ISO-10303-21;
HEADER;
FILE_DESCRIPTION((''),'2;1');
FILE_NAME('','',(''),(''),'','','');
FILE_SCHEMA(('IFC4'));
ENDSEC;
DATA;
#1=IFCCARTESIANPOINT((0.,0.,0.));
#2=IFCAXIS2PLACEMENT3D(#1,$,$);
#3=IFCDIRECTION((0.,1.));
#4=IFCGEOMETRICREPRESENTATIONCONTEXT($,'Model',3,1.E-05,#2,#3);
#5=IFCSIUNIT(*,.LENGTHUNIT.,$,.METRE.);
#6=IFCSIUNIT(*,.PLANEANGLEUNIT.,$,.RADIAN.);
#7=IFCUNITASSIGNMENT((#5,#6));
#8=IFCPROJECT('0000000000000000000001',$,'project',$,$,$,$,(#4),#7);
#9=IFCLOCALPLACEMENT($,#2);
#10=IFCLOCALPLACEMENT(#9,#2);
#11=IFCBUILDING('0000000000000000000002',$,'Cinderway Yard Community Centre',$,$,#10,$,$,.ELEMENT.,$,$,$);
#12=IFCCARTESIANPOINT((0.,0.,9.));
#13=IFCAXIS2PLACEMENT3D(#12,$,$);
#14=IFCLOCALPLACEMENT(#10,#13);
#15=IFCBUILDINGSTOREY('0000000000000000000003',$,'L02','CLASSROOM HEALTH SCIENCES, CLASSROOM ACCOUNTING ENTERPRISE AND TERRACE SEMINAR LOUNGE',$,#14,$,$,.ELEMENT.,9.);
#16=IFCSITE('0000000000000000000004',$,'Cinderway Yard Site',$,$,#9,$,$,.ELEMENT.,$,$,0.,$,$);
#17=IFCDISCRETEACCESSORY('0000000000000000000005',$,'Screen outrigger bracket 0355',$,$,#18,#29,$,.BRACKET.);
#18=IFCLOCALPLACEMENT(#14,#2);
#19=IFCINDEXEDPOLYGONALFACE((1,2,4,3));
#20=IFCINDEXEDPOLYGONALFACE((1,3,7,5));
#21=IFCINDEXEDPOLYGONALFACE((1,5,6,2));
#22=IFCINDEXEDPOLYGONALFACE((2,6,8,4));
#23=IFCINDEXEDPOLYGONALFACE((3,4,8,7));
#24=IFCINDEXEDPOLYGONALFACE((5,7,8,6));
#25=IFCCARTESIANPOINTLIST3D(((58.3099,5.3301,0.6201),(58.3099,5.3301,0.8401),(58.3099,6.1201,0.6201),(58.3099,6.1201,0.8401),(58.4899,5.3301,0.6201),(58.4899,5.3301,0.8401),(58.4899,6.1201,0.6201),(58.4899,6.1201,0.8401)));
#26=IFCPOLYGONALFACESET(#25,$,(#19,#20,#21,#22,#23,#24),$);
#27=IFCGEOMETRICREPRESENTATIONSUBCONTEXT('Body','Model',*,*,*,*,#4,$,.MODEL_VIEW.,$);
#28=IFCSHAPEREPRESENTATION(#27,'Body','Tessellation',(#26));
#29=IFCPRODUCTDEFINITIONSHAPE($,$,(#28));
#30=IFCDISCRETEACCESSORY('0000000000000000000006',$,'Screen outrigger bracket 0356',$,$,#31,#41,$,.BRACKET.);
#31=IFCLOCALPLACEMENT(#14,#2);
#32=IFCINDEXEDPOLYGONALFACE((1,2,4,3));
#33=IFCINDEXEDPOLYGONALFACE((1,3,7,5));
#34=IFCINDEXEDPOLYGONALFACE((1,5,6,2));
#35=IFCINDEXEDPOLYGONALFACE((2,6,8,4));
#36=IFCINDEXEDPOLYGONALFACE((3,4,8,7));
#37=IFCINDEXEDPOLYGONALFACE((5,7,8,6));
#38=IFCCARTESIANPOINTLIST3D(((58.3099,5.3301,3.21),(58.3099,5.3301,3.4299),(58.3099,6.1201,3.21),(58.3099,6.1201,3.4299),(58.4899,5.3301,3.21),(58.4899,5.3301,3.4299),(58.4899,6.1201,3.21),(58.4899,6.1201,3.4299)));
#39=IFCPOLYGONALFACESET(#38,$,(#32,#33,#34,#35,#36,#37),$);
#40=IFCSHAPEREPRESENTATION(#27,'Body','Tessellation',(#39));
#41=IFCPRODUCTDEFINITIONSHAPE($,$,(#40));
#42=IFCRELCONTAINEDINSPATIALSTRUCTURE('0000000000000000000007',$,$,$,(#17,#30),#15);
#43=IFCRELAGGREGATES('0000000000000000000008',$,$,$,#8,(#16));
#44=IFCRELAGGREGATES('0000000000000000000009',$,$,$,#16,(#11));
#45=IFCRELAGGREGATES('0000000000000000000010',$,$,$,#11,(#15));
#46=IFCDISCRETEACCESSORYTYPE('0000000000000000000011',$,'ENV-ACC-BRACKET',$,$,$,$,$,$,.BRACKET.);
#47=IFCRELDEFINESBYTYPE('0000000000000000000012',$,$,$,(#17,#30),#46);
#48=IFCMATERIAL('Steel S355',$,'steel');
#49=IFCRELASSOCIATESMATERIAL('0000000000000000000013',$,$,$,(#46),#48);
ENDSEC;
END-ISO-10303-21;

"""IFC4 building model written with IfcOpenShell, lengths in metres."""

from ifc_helpers import new_model, si_unit, direction, frame, origin, origin_2d, place, context, subcontext, project, spatial, rectangle, extrude, material, type_object, element, save


model = new_model("IFC4")

# Units and contexts
model_context = context("Model", 3, precision=1e-05, world=origin(), true_north=direction((0.0, 1.0)))
body_context = subcontext(model_context, "Body", "Model", "MODEL_VIEW")
ifc_project = project(units=[si_unit("LENGTHUNIT", "METRE"), si_unit("PLANEANGLEUNIT", "RADIAN")], contexts=[model_context])

# Site, building, storey
site_placement = place(None, origin())
site = spatial("IfcSite", under=ifc_project, at=site_placement, Name="Cinderway Yard Site", CompositionType="ELEMENT", RefElevation=0.0)
building_placement = place(site_placement, origin())
building = spatial("IfcBuilding", under=site, at=building_placement, Name="Cinderway Yard Community Centre", CompositionType="ELEMENT")
storey_placement = place(building_placement, frame((0.0, 0.0, 9.0)))
storey = spatial("IfcBuildingStorey", under=building, at=storey_placement, Name="L02", Description="CLASSROOM HEALTH SCIENCES, CLASSROOM ACCOUNTING ENTERPRISE AND TERRACE SEMINAR LOUNGE", CompositionType="ELEMENT", Elevation=9.0)

# Shared definitions
ifc_material_1 = material(Name="Steel S355", Category="steel")

# Discrete accessories
discrete_accessory_type = type_object("IfcDiscreteAccessoryType", Name="ENV-ACC-BRACKET", PredefinedType="BRACKET", material=ifc_material_1)
for number, where, z_axis, x_axis, name in (
    (1, (58.3999, 5.7251, 0.6201), (0.0, 0.0, 1.0), (0.0, -1.0, 0.0), "Screen outrigger bracket 0355"),
    (2, (58.3999, 5.7251, 3.21), (0.0, 0.0, 1.0), (0.0, -1.0, 0.0), "Screen outrigger bracket 0356"),
):
    element("IfcDiscreteAccessory", number, at=place(storey_placement, frame(where, z_axis=z_axis, x_axis=x_axis)), inside=storey, type_object=discrete_accessory_type, Name=name, PredefinedType="BRACKET", context=body_context, shape_type="SweptSolid", body=[
        extrude(rectangle(XDim=0.79, YDim=0.1799, at=origin_2d()), origin(), (0.0, 0.0, 1.0), 0.22),
    ])

save(model, "model.ifc")
